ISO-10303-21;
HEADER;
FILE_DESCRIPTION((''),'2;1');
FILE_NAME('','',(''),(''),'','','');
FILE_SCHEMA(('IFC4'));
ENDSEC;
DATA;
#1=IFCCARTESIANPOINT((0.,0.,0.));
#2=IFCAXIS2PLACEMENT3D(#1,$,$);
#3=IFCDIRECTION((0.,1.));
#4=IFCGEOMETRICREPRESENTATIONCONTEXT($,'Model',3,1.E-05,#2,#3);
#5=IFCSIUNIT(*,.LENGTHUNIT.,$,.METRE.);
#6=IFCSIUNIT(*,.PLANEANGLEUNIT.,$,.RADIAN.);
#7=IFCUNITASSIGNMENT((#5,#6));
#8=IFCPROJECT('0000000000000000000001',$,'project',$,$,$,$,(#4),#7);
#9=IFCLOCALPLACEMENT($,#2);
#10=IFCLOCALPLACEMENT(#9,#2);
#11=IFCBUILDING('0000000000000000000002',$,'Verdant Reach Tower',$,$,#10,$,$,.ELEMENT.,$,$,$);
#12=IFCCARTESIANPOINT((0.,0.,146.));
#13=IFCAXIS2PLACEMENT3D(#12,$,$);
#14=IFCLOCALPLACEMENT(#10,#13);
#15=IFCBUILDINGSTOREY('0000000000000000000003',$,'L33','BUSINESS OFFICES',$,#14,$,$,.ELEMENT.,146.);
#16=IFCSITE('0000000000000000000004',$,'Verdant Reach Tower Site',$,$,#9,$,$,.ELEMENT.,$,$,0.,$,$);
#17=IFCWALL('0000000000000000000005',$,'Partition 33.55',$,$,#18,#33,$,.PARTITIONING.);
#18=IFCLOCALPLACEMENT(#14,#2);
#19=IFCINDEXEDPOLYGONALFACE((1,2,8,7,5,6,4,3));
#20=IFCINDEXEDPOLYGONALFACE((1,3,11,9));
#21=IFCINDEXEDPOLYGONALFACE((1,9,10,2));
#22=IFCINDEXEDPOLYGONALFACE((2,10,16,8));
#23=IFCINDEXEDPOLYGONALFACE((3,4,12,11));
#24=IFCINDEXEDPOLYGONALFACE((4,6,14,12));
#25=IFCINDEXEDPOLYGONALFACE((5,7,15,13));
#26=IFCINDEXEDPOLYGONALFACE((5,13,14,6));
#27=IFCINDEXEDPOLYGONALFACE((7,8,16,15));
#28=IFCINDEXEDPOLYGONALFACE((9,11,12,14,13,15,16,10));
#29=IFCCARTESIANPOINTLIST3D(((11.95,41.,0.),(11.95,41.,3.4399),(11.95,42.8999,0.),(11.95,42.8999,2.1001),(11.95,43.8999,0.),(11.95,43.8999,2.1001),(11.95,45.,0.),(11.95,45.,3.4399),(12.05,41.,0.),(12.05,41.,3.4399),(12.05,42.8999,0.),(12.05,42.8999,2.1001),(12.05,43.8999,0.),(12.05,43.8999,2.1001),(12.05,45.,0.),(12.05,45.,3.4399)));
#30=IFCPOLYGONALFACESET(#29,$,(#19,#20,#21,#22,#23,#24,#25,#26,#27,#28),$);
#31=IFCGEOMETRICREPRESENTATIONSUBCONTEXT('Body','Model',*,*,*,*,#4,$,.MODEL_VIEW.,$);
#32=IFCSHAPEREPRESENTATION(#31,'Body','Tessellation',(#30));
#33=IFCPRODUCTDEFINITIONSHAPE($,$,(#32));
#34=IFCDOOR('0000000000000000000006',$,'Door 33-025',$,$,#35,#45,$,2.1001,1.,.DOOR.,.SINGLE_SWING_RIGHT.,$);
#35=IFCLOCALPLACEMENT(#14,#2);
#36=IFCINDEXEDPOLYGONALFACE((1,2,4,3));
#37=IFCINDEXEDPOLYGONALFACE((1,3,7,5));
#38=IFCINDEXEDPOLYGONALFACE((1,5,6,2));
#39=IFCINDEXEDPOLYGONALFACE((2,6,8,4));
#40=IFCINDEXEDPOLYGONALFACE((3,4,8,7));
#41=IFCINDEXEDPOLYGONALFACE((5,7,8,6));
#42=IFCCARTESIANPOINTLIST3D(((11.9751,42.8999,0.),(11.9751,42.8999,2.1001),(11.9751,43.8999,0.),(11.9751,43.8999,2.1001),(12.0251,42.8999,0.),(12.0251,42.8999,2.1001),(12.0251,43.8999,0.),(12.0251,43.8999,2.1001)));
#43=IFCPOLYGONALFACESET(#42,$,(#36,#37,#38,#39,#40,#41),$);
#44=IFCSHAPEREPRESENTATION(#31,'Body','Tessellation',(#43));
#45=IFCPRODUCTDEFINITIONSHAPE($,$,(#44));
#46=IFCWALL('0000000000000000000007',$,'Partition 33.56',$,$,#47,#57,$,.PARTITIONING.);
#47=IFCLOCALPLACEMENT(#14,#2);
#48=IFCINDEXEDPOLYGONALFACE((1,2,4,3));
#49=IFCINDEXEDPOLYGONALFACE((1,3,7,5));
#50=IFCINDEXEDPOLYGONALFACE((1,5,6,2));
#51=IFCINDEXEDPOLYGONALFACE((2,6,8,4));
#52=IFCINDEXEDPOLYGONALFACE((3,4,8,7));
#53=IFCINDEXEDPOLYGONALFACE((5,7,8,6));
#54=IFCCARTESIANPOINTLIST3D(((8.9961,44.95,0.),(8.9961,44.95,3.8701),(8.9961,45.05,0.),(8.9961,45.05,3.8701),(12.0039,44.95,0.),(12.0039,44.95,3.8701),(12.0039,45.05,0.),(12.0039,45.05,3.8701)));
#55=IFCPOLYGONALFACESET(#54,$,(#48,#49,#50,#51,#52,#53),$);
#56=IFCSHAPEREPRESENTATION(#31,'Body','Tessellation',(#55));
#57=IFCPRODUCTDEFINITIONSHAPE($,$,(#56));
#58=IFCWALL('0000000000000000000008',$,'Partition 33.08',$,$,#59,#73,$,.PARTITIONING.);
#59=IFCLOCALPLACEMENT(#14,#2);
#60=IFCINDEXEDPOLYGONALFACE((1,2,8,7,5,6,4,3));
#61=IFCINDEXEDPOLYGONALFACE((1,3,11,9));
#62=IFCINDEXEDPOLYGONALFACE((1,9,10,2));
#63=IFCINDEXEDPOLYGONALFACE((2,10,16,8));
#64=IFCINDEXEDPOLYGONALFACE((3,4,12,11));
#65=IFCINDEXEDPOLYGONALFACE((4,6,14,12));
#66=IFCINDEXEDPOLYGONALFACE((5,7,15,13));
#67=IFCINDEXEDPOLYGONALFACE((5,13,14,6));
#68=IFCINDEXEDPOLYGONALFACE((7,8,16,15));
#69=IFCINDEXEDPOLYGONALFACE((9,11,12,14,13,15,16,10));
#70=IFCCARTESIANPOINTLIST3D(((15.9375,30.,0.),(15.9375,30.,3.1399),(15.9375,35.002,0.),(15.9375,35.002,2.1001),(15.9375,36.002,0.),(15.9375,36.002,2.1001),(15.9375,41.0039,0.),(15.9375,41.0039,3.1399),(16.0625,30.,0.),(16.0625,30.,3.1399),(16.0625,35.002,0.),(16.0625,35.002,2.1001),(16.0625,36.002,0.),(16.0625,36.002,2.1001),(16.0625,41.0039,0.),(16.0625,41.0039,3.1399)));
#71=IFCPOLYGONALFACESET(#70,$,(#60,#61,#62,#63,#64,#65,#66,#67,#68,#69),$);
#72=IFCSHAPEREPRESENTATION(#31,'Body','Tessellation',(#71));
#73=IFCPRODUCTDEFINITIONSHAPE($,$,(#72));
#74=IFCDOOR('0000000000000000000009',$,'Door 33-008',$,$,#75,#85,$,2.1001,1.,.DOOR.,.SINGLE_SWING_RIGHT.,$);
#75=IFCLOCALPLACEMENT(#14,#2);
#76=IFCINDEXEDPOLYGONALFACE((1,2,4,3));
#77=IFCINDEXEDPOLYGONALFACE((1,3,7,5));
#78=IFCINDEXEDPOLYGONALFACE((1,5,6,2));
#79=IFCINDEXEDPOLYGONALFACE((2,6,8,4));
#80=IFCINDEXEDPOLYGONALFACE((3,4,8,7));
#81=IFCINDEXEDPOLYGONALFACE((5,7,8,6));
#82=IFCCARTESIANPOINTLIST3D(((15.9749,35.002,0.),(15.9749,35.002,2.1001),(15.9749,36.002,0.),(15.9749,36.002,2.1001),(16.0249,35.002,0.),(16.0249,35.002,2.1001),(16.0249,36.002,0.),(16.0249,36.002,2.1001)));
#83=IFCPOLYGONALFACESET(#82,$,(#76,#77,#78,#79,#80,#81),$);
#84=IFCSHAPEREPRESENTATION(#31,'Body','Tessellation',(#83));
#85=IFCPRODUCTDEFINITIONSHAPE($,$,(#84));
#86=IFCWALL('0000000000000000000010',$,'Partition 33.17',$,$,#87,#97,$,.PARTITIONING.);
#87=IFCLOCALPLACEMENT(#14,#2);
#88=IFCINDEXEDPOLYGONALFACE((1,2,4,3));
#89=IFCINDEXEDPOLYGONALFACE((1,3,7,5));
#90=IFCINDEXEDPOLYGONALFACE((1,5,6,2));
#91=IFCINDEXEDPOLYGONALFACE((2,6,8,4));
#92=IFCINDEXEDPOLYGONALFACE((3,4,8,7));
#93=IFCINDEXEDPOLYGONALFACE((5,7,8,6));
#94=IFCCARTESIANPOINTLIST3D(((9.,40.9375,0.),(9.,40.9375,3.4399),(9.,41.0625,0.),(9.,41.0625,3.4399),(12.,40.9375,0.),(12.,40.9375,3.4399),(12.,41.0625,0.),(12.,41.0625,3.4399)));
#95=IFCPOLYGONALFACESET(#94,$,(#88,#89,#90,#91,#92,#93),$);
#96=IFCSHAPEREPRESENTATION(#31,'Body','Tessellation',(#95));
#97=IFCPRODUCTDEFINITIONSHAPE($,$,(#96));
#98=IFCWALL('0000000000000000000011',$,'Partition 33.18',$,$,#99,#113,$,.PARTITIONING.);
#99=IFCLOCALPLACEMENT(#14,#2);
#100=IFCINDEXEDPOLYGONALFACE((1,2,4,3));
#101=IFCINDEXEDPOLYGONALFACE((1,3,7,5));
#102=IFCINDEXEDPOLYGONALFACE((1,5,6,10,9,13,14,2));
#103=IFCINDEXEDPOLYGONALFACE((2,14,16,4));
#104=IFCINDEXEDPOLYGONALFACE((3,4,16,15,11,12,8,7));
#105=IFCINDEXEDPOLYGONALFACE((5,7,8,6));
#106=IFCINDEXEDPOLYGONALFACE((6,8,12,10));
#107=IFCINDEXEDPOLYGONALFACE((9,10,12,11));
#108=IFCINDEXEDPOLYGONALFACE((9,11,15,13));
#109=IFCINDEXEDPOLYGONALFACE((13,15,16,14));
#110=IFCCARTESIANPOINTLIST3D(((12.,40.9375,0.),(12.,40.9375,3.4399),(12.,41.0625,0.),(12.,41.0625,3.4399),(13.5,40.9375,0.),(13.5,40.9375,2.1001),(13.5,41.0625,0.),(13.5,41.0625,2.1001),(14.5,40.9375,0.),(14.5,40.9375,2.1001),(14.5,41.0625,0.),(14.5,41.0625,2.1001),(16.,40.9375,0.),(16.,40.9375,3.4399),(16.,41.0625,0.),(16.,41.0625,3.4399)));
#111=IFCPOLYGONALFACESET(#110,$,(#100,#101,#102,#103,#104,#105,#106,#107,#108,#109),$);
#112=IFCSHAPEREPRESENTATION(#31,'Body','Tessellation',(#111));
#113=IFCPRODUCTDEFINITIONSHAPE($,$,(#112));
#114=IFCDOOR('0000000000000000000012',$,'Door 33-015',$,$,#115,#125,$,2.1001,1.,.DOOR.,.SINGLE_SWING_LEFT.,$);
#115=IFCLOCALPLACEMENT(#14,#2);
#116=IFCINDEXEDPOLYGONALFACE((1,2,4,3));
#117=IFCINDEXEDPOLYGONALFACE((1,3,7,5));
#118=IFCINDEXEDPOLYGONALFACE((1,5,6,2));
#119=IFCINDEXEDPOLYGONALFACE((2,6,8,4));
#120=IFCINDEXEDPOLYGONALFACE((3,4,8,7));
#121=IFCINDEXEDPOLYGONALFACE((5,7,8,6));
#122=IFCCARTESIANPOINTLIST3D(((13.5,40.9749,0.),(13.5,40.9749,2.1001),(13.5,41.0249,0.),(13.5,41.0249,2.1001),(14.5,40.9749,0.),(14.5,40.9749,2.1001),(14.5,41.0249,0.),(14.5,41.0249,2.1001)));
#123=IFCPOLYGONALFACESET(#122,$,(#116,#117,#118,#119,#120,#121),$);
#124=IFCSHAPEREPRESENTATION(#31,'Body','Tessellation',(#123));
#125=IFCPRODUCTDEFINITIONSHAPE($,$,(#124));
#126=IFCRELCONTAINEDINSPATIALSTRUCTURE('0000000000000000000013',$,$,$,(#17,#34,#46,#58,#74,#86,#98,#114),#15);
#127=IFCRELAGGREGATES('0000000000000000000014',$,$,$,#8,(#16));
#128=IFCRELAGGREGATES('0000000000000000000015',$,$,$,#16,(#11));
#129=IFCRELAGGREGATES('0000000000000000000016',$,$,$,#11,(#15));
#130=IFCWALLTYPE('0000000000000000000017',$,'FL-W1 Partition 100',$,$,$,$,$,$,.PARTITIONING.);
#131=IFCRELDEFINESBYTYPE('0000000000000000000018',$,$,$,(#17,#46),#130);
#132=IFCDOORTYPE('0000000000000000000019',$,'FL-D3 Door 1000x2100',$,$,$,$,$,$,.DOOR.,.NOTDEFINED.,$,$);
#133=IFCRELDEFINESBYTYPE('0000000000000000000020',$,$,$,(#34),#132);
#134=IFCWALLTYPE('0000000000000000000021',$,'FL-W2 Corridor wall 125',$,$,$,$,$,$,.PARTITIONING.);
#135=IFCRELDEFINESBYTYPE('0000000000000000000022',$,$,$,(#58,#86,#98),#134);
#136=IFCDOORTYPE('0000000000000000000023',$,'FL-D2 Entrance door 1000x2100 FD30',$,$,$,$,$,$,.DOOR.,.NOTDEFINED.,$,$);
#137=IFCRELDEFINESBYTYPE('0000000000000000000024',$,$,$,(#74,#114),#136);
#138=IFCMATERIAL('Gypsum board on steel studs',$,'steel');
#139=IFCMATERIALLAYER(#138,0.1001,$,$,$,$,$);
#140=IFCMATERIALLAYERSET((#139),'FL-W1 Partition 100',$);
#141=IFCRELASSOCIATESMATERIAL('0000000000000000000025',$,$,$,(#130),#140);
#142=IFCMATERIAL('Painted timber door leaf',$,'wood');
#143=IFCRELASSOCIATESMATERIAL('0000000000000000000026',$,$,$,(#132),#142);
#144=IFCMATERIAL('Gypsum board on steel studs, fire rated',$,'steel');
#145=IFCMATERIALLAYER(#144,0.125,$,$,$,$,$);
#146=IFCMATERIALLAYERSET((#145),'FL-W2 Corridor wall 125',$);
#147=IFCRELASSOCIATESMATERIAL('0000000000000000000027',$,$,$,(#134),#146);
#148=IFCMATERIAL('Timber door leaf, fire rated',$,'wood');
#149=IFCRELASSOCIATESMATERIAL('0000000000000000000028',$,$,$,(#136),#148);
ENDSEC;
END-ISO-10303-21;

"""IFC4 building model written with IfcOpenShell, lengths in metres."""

from ifc_helpers import new_model, si_unit, direction, frame, frame_2d, origin, place, context, subcontext, project, spatial, rectangle, extrude, material, layer, layer_set, type_object, element, fill, save


model = new_model("IFC4")

# Units and contexts
model_context = context("Model", 3, precision=1e-05, world=origin(), true_north=direction((0.0, 1.0)))
body_context = subcontext(model_context, "Body", "Model", "MODEL_VIEW")
ifc_project = project(units=[si_unit("LENGTHUNIT", "METRE"), si_unit("PLANEANGLEUNIT", "RADIAN")], contexts=[model_context])

# Site, building, storey
site_placement = place(None, origin())
site = spatial("IfcSite", under=ifc_project, at=site_placement, Name="Verdant Reach Tower Site", CompositionType="ELEMENT", RefElevation=0.0)
building_placement = place(site_placement, origin())
building = spatial("IfcBuilding", under=site, at=building_placement, Name="Verdant Reach Tower", CompositionType="ELEMENT")
storey_placement = place(building_placement, frame((0.0, 0.0, 146.0)))
storey = spatial("IfcBuildingStorey", under=building, at=storey_placement, Name="L33", Description="BUSINESS OFFICES", CompositionType="ELEMENT", Elevation=146.0)

# Shared definitions
ifc_material_1 = material(Name="Gypsum board on steel studs", Category="steel")
ifc_layer_1 = layer(ifc_material_1, 0.1001)
ifc_layer_set_1 = layer_set([ifc_layer_1], Name="FL-W1 Partition 100")
wall_type_1 = type_object("IfcWallType", Name="FL-W1 Partition 100", PredefinedType="PARTITIONING", material=ifc_layer_set_1)

# Wall, opening, door
wall_1_placement = place(storey_placement, frame((12.0, 41.0, 0.0), z_axis=(0.0, 0.0, 1.0), x_axis=(0.0, 1.0, 0.0)))
wall_1 = element("IfcWall", 1, at=wall_1_placement, inside=storey, type_object=wall_type_1, Name="Partition 33.55", PredefinedType="PARTITIONING", context=body_context, shape_type="SweptSolid", body=[
    extrude(rectangle(XDim=4.0, YDim=0.1001, at=frame_2d((2.0, 0.0))), origin(), (0.0, 0.0, 1.0), 3.4399),
])
opening_1_placement = place(wall_1_placement, frame((1.8999, 0.0, 0.0)))
opening_1 = element("IfcOpeningElement", 2, at=opening_1_placement, cuts=wall_1, PredefinedType="OPENING", context=body_context, shape_type="SweptSolid", body=[
    extrude(rectangle(XDim=1.0, YDim=2.1001, at=frame_2d((0.5, 1.05))), frame((0.0, 0.0601, 0.0), z_axis=(0.0, -1.0, 0.0), x_axis=(1.0, 0.0, 0.0)), (0.0, 0.0, 1.0), 0.1201),
])
ifc_material_2 = material(Name="Painted timber door leaf", Category="wood")
door_type_1 = type_object("IfcDoorType", Name="FL-D3 Door 1000x2100", OperationType="NOTDEFINED", PredefinedType="DOOR", material=ifc_material_2)
door_1_placement = place(opening_1_placement, origin())
door_1 = element("IfcDoor", 3, at=door_1_placement, inside=storey, type_object=door_type_1, Name="Door 33-025", OperationType="SINGLE_SWING_RIGHT", OverallHeight=2.1001, OverallWidth=1.0, PredefinedType="DOOR", context=body_context, shape_type="SweptSolid", body=[
    extrude(rectangle(XDim=1.0, YDim=2.1001, at=frame_2d((0.5, 1.05))), frame((0.0, 0.0249, 0.0), z_axis=(0.0, -1.0, 0.0), x_axis=(1.0, 0.0, 0.0)), (0.0, 0.0, 1.0), 0.05),
])
fill(opening_1, door_1)

# Wall
wall_2_placement = place(storey_placement, frame((12.0039, 45.0, 0.0), z_axis=(0.0, 0.0, 1.0), x_axis=(-1.0, 0.0, 0.0)))
element("IfcWall", 4, at=wall_2_placement, inside=storey, type_object=wall_type_1, Name="Partition 33.56", PredefinedType="PARTITIONING", context=body_context, shape_type="SweptSolid", body=[
    extrude(rectangle(XDim=3.0078, YDim=0.1001, at=frame_2d((1.5039, 0.0))), origin(), (0.0, 0.0, 1.0), 3.8701),
])

# Wall, opening, door
ifc_material_3 = material(Name="Gypsum board on steel studs, fire rated", Category="steel")
ifc_layer_2 = layer(ifc_material_3, 0.125)
ifc_layer_set_2 = layer_set([ifc_layer_2], Name="FL-W2 Corridor wall 125")
wall_type_2 = type_object("IfcWallType", Name="FL-W2 Corridor wall 125", PredefinedType="PARTITIONING", material=ifc_layer_set_2)
wall_3_placement = place(storey_placement, frame((16.0, 41.0039, 0.0), z_axis=(0.0, 0.0, 1.0), x_axis=(0.0, -1.0, 0.0)))
wall_3 = element("IfcWall", 5, at=wall_3_placement, inside=storey, type_object=wall_type_2, Name="Partition 33.08", PredefinedType="PARTITIONING", context=body_context, shape_type="SweptSolid", body=[
    extrude(rectangle(XDim=11.0039, YDim=0.125, at=frame_2d((5.502, 0.0))), origin(), (0.0, 0.0, 1.0), 3.1399),
])
opening_2_placement = place(wall_3_placement, frame((5.002, 0.0, 0.0)))
opening_2 = element("IfcOpeningElement", 6, at=opening_2_placement, cuts=wall_3, PredefinedType="OPENING", context=body_context, shape_type="SweptSolid", body=[
    extrude(rectangle(XDim=1.0, YDim=2.1001, at=frame_2d((0.5, 1.05))), frame((0.0, 0.0725, 0.0), z_axis=(0.0, -1.0, 0.0), x_axis=(1.0, 0.0, 0.0)), (0.0, 0.0, 1.0), 0.145),
])
ifc_material_4 = material(Name="Timber door leaf, fire rated", Category="wood")
door_type_2 = type_object("IfcDoorType", Name="FL-D2 Entrance door 1000x2100 FD30", OperationType="NOTDEFINED", PredefinedType="DOOR", material=ifc_material_4)
door_2_placement = place(opening_2_placement, origin())
door_2 = element("IfcDoor", 7, at=door_2_placement, inside=storey, type_object=door_type_2, Name="Door 33-008", OperationType="SINGLE_SWING_RIGHT", OverallHeight=2.1001, OverallWidth=1.0, PredefinedType="DOOR", context=body_context, shape_type="SweptSolid", body=[
    extrude(rectangle(XDim=1.0, YDim=2.1001, at=frame_2d((0.5, 1.05))), frame((0.0, 0.0249, 0.0), z_axis=(0.0, -1.0, 0.0), x_axis=(1.0, 0.0, 0.0)), (0.0, 0.0, 1.0), 0.05),
])
fill(opening_2, door_2)

# Wall
wall_4_placement = place(storey_placement, frame((12.0, 41.0, 0.0), z_axis=(0.0, 0.0, 1.0), x_axis=(-1.0, 0.0, 0.0)))
element("IfcWall", 8, at=wall_4_placement, inside=storey, type_object=wall_type_2, Name="Partition 33.17", PredefinedType="PARTITIONING", context=body_context, shape_type="SweptSolid", body=[
    extrude(rectangle(XDim=3.0, YDim=0.125, at=frame_2d((1.5, 0.0))), origin(), (0.0, 0.0, 1.0), 3.4399),
])

# Wall, opening, door
wall_5_placement = place(storey_placement, frame((12.0, 41.0, 0.0), z_axis=(0.0, 0.0, 1.0), x_axis=(1.0, 0.0, 0.0)))
wall_5 = element("IfcWall", 9, at=wall_5_placement, inside=storey, type_object=wall_type_2, Name="Partition 33.18", PredefinedType="PARTITIONING", context=body_context, shape_type="SweptSolid", body=[
    extrude(rectangle(XDim=4.0, YDim=0.125, at=frame_2d((2.0, 0.0))), origin(), (0.0, 0.0, 1.0), 3.4399),
])
opening_3_placement = place(wall_5_placement, frame((1.5, 0.0, 0.0)))
opening_3 = element("IfcOpeningElement", 10, at=opening_3_placement, cuts=wall_5, PredefinedType="OPENING", context=body_context, shape_type="SweptSolid", body=[
    extrude(rectangle(XDim=1.0, YDim=2.1001, at=frame_2d((0.5, 1.05))), frame((0.0, 0.0725, 0.0), z_axis=(0.0, -1.0, 0.0), x_axis=(1.0, 0.0, 0.0)), (0.0, 0.0, 1.0), 0.145),
])
door_3_placement = place(opening_3_placement, origin())
door_3 = element("IfcDoor", 11, at=door_3_placement, inside=storey, type_object=door_type_2, Name="Door 33-015", OperationType="SINGLE_SWING_LEFT", OverallHeight=2.1001, OverallWidth=1.0, PredefinedType="DOOR", context=body_context, shape_type="SweptSolid", body=[
    extrude(rectangle(XDim=1.0, YDim=2.1001, at=frame_2d((0.5, 1.05))), frame((0.0, 0.0249, 0.0), z_axis=(0.0, -1.0, 0.0), x_axis=(1.0, 0.0, 0.0)), (0.0, 0.0, 1.0), 0.05),
])
fill(opening_3, door_3)

save(model, "model.ifc")
